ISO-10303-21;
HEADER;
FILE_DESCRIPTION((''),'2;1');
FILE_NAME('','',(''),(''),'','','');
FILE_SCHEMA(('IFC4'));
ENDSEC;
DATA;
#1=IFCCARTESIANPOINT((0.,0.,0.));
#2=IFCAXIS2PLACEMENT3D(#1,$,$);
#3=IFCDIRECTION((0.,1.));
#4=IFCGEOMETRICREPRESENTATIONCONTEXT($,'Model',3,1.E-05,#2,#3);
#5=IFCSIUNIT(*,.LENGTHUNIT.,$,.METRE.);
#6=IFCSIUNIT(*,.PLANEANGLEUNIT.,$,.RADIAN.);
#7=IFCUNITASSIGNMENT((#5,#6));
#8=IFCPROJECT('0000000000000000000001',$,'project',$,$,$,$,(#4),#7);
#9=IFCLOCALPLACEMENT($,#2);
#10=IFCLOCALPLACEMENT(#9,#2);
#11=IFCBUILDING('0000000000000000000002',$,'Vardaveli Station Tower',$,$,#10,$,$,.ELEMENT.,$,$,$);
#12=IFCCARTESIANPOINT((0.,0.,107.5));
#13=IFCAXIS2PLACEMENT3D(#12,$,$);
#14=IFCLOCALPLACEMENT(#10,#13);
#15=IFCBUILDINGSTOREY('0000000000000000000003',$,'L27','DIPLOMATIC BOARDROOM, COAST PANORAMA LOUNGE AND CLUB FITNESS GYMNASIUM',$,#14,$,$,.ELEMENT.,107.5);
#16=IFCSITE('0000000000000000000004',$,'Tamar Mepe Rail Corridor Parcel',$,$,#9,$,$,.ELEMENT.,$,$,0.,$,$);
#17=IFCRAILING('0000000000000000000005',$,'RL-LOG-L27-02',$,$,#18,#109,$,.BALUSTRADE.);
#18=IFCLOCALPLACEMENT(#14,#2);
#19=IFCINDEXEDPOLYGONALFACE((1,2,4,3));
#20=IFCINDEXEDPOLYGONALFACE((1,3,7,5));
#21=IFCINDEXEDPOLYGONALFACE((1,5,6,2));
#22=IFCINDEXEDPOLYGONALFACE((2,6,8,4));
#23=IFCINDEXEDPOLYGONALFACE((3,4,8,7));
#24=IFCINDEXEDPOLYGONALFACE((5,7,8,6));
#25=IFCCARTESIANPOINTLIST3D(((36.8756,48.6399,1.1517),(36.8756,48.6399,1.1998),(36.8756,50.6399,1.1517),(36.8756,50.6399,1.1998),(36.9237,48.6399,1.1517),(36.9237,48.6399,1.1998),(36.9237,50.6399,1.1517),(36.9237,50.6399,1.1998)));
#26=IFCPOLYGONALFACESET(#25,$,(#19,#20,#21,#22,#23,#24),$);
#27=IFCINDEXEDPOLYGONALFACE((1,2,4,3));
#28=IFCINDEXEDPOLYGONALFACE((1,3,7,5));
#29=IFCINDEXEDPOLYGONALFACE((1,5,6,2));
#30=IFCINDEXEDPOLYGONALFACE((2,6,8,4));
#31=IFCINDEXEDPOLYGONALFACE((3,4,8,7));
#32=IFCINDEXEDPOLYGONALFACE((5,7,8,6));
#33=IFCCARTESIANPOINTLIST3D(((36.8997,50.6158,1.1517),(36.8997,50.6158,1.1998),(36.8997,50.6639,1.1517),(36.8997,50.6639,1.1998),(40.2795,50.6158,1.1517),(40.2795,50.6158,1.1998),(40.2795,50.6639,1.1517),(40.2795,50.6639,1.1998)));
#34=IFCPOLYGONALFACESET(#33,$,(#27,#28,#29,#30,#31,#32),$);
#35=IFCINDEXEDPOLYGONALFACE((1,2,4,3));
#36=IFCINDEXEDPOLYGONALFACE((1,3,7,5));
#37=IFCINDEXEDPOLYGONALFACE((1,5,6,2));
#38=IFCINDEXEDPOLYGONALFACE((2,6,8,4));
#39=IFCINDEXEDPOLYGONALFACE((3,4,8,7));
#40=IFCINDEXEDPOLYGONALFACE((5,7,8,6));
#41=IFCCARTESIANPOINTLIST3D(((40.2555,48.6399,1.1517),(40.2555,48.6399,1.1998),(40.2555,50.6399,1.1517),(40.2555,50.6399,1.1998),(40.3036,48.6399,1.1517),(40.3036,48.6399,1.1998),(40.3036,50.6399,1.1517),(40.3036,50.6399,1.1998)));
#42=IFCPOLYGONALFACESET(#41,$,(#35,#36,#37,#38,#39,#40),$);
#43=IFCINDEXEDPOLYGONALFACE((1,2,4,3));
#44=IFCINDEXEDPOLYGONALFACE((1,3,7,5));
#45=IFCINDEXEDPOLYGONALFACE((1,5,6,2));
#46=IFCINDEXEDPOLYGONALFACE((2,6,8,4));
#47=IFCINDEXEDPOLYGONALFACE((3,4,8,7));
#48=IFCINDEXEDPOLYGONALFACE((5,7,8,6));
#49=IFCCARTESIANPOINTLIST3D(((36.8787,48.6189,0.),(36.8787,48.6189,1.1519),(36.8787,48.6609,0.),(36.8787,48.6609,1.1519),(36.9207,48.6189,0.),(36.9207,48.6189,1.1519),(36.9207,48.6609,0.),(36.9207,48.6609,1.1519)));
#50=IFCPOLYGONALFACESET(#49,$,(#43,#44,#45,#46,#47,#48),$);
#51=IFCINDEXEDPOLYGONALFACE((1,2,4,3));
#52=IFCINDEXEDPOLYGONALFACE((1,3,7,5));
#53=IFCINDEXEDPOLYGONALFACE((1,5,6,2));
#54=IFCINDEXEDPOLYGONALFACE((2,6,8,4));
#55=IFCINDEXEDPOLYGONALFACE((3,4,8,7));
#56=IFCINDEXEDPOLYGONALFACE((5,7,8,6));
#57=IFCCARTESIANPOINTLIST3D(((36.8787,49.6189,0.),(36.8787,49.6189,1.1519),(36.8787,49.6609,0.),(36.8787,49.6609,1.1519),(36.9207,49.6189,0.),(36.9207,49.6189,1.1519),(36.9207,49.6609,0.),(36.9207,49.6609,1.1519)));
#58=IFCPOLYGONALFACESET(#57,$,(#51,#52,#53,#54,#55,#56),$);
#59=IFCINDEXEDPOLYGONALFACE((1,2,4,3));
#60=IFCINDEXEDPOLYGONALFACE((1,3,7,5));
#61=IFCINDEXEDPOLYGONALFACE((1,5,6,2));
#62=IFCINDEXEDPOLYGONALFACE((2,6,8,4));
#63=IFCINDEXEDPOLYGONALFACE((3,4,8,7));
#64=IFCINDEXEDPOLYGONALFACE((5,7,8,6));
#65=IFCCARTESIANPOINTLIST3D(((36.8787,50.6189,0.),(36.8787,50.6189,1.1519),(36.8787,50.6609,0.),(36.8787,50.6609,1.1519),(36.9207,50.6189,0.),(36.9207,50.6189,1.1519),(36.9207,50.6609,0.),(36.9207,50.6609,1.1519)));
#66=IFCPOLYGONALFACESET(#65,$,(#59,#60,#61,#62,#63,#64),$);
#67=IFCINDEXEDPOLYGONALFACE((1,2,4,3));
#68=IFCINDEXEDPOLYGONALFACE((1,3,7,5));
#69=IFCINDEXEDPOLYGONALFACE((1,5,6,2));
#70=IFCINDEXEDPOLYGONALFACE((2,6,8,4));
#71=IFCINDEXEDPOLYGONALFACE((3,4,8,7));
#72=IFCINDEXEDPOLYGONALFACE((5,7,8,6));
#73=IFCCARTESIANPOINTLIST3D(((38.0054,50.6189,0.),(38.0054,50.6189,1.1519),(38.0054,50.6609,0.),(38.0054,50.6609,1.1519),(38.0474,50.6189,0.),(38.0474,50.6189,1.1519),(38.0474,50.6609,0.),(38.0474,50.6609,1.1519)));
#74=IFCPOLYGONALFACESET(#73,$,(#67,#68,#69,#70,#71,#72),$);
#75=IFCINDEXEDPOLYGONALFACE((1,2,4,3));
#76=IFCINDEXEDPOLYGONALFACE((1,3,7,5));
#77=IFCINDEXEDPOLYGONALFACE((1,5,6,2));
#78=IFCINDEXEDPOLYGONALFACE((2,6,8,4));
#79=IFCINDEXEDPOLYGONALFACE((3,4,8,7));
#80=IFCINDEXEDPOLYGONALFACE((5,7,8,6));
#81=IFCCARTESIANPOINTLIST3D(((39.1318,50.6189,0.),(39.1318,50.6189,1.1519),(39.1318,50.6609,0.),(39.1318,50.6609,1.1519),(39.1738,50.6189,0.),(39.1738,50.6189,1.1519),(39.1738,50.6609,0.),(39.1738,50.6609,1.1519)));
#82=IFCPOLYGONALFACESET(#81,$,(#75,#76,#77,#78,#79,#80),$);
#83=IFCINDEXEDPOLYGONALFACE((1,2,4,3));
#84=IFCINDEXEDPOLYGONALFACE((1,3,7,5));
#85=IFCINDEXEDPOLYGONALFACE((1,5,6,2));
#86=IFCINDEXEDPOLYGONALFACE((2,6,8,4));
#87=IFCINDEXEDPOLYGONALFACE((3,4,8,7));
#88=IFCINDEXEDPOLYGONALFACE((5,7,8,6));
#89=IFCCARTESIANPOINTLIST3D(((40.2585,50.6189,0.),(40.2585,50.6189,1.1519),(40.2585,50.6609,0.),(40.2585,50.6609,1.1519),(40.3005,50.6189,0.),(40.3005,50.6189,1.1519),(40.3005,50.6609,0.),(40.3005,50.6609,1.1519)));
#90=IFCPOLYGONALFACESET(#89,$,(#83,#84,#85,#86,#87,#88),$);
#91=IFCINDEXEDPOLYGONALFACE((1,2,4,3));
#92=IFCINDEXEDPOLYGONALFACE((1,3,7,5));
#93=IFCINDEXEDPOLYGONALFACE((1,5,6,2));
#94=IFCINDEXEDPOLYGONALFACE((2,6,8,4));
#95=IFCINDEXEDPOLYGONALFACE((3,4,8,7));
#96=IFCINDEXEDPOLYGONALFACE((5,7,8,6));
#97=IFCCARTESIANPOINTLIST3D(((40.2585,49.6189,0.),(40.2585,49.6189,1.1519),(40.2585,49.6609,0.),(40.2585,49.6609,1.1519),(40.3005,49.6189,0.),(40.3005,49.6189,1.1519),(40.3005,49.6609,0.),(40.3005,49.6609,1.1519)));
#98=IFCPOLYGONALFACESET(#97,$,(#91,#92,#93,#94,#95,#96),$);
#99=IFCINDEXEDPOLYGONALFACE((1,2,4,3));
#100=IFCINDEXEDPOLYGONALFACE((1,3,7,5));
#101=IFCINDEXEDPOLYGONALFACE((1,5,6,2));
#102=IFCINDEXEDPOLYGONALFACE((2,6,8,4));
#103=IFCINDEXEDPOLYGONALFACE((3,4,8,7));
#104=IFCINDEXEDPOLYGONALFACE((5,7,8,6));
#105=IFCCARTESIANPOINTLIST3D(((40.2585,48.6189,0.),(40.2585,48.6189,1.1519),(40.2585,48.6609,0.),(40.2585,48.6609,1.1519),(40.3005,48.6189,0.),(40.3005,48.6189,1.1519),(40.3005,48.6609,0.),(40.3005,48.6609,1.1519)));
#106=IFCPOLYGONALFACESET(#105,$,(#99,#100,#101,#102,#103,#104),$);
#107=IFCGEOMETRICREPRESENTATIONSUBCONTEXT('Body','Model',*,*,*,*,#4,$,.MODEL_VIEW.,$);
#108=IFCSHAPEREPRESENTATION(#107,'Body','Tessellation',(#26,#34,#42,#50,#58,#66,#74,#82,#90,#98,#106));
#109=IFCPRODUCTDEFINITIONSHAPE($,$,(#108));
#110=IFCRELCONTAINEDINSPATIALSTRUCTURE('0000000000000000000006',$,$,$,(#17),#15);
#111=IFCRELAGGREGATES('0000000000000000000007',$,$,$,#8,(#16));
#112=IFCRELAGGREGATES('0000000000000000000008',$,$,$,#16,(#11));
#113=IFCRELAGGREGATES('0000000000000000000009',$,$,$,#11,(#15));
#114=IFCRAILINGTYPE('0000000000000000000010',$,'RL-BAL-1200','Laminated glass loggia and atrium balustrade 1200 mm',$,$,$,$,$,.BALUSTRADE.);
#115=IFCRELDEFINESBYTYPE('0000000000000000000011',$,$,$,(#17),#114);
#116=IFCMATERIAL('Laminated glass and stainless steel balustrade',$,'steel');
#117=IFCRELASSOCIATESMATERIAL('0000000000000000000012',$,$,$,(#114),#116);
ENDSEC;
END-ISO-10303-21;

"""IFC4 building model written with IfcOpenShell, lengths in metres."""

from ifc_helpers import new_model, si_unit, direction, frame, origin, origin_2d, place, context, subcontext, project, spatial, rectangle, extrude, source, transform, mapped, material, type_object, element, save


model = new_model("IFC4")

# Units and contexts
model_context = context("Model", 3, precision=1e-05, world=origin(), true_north=direction((0.0, 1.0)))
body_context = subcontext(model_context, "Body", "Model", "MODEL_VIEW")
ifc_project = project(units=[si_unit("LENGTHUNIT", "METRE"), si_unit("PLANEANGLEUNIT", "RADIAN")], contexts=[model_context])

# Site, building, storey
site_placement = place(None, origin())
site = spatial("IfcSite", under=ifc_project, at=site_placement, Name="Tamar Mepe Rail Corridor Parcel", CompositionType="ELEMENT", RefElevation=0.0)
building_placement = place(site_placement, origin())
building = spatial("IfcBuilding", under=site, at=building_placement, Name="Vardaveli Station Tower", CompositionType="ELEMENT")
storey_placement = place(building_placement, frame((0.0, 0.0, 107.5)))
storey = spatial("IfcBuildingStorey", under=building, at=storey_placement, Name="L27", Description="DIPLOMATIC BOARDROOM, COAST PANORAMA LOUNGE AND CLUB FITNESS GYMNASIUM", CompositionType="ELEMENT", Elevation=107.5)

# Railing
ifc_material_1 = material(Name="Laminated glass and stainless steel balustrade", Category="steel")
railing_type = type_object("IfcRailingType", Name="RL-BAL-1200", Description="Laminated glass loggia and atrium balustrade 1200 mm", PredefinedType="BALUSTRADE", material=ifc_material_1)
shared_shape_1 = source(origin(), body_context, "Body", "SweptSolid", [
    extrude(rectangle(XDim=0.0481, YDim=0.0481, at=origin_2d()), frame((0.0, 0.0, 1.1758), z_axis=(0.0, 1.0, 0.0), x_axis=(-1.0, 0.0, 0.0)), (0.0, 0.0, 1.0), 2.0),
    extrude(rectangle(XDim=0.0481, YDim=0.0481, at=origin_2d()), frame((0.0, 2.0, 1.1758), z_axis=(1.0, 0.0, 0.0), x_axis=(0.0, 1.0, 0.0)), (0.0, 0.0, 1.0), 3.3799),
    extrude(rectangle(XDim=0.0481, YDim=0.0481, at=origin_2d()), frame((3.3799, 2.0, 1.1758), z_axis=(0.0, -1.0, 0.0), x_axis=(1.0, 0.0, 0.0)), (0.0, 0.0, 1.0), 2.0),
    extrude(rectangle(XDim=0.042, YDim=0.042, at=origin_2d()), origin(), (0.0, 0.0, 1.0), 1.1519),
    extrude(rectangle(XDim=0.042, YDim=0.042, at=origin_2d()), frame((0.0, 1.0, 0.0)), (0.0, 0.0, 1.0), 1.1519),
    extrude(rectangle(XDim=0.042, YDim=0.042, at=origin_2d()), frame((0.0, 2.0, 0.0)), (0.0, 0.0, 1.0), 1.1519),
    extrude(rectangle(XDim=0.042, YDim=0.042, at=origin_2d()), frame((1.1267, 2.0, 0.0)), (0.0, 0.0, 1.0), 1.1519),
    extrude(rectangle(XDim=0.042, YDim=0.042, at=origin_2d()), frame((2.2532, 2.0, 0.0)), (0.0, 0.0, 1.0), 1.1519),
    extrude(rectangle(XDim=0.042, YDim=0.042, at=origin_2d()), frame((3.3799, 2.0, 0.0)), (0.0, 0.0, 1.0), 1.1519),
    extrude(rectangle(XDim=0.042, YDim=0.042, at=origin_2d()), frame((3.3799, 1.0, 0.0)), (0.0, 0.0, 1.0), 1.1519),
    extrude(rectangle(XDim=0.042, YDim=0.042, at=origin_2d()), frame((3.3799, 0.0, 0.0)), (0.0, 0.0, 1.0), 1.1519),
])
railing_placement = place(storey_placement, frame((36.8997, 48.6399, 0.0)))
element("IfcRailing", 1, at=railing_placement, inside=storey, type_object=railing_type, Name="RL-LOG-L27-02", PredefinedType="BALUSTRADE", context=body_context, shape_type="MappedRepresentation", body=[
    mapped(shared_shape_1, transform((0.0, 0.0, 0.0), scale=1.0)),
])

save(model, "model.ifc")
